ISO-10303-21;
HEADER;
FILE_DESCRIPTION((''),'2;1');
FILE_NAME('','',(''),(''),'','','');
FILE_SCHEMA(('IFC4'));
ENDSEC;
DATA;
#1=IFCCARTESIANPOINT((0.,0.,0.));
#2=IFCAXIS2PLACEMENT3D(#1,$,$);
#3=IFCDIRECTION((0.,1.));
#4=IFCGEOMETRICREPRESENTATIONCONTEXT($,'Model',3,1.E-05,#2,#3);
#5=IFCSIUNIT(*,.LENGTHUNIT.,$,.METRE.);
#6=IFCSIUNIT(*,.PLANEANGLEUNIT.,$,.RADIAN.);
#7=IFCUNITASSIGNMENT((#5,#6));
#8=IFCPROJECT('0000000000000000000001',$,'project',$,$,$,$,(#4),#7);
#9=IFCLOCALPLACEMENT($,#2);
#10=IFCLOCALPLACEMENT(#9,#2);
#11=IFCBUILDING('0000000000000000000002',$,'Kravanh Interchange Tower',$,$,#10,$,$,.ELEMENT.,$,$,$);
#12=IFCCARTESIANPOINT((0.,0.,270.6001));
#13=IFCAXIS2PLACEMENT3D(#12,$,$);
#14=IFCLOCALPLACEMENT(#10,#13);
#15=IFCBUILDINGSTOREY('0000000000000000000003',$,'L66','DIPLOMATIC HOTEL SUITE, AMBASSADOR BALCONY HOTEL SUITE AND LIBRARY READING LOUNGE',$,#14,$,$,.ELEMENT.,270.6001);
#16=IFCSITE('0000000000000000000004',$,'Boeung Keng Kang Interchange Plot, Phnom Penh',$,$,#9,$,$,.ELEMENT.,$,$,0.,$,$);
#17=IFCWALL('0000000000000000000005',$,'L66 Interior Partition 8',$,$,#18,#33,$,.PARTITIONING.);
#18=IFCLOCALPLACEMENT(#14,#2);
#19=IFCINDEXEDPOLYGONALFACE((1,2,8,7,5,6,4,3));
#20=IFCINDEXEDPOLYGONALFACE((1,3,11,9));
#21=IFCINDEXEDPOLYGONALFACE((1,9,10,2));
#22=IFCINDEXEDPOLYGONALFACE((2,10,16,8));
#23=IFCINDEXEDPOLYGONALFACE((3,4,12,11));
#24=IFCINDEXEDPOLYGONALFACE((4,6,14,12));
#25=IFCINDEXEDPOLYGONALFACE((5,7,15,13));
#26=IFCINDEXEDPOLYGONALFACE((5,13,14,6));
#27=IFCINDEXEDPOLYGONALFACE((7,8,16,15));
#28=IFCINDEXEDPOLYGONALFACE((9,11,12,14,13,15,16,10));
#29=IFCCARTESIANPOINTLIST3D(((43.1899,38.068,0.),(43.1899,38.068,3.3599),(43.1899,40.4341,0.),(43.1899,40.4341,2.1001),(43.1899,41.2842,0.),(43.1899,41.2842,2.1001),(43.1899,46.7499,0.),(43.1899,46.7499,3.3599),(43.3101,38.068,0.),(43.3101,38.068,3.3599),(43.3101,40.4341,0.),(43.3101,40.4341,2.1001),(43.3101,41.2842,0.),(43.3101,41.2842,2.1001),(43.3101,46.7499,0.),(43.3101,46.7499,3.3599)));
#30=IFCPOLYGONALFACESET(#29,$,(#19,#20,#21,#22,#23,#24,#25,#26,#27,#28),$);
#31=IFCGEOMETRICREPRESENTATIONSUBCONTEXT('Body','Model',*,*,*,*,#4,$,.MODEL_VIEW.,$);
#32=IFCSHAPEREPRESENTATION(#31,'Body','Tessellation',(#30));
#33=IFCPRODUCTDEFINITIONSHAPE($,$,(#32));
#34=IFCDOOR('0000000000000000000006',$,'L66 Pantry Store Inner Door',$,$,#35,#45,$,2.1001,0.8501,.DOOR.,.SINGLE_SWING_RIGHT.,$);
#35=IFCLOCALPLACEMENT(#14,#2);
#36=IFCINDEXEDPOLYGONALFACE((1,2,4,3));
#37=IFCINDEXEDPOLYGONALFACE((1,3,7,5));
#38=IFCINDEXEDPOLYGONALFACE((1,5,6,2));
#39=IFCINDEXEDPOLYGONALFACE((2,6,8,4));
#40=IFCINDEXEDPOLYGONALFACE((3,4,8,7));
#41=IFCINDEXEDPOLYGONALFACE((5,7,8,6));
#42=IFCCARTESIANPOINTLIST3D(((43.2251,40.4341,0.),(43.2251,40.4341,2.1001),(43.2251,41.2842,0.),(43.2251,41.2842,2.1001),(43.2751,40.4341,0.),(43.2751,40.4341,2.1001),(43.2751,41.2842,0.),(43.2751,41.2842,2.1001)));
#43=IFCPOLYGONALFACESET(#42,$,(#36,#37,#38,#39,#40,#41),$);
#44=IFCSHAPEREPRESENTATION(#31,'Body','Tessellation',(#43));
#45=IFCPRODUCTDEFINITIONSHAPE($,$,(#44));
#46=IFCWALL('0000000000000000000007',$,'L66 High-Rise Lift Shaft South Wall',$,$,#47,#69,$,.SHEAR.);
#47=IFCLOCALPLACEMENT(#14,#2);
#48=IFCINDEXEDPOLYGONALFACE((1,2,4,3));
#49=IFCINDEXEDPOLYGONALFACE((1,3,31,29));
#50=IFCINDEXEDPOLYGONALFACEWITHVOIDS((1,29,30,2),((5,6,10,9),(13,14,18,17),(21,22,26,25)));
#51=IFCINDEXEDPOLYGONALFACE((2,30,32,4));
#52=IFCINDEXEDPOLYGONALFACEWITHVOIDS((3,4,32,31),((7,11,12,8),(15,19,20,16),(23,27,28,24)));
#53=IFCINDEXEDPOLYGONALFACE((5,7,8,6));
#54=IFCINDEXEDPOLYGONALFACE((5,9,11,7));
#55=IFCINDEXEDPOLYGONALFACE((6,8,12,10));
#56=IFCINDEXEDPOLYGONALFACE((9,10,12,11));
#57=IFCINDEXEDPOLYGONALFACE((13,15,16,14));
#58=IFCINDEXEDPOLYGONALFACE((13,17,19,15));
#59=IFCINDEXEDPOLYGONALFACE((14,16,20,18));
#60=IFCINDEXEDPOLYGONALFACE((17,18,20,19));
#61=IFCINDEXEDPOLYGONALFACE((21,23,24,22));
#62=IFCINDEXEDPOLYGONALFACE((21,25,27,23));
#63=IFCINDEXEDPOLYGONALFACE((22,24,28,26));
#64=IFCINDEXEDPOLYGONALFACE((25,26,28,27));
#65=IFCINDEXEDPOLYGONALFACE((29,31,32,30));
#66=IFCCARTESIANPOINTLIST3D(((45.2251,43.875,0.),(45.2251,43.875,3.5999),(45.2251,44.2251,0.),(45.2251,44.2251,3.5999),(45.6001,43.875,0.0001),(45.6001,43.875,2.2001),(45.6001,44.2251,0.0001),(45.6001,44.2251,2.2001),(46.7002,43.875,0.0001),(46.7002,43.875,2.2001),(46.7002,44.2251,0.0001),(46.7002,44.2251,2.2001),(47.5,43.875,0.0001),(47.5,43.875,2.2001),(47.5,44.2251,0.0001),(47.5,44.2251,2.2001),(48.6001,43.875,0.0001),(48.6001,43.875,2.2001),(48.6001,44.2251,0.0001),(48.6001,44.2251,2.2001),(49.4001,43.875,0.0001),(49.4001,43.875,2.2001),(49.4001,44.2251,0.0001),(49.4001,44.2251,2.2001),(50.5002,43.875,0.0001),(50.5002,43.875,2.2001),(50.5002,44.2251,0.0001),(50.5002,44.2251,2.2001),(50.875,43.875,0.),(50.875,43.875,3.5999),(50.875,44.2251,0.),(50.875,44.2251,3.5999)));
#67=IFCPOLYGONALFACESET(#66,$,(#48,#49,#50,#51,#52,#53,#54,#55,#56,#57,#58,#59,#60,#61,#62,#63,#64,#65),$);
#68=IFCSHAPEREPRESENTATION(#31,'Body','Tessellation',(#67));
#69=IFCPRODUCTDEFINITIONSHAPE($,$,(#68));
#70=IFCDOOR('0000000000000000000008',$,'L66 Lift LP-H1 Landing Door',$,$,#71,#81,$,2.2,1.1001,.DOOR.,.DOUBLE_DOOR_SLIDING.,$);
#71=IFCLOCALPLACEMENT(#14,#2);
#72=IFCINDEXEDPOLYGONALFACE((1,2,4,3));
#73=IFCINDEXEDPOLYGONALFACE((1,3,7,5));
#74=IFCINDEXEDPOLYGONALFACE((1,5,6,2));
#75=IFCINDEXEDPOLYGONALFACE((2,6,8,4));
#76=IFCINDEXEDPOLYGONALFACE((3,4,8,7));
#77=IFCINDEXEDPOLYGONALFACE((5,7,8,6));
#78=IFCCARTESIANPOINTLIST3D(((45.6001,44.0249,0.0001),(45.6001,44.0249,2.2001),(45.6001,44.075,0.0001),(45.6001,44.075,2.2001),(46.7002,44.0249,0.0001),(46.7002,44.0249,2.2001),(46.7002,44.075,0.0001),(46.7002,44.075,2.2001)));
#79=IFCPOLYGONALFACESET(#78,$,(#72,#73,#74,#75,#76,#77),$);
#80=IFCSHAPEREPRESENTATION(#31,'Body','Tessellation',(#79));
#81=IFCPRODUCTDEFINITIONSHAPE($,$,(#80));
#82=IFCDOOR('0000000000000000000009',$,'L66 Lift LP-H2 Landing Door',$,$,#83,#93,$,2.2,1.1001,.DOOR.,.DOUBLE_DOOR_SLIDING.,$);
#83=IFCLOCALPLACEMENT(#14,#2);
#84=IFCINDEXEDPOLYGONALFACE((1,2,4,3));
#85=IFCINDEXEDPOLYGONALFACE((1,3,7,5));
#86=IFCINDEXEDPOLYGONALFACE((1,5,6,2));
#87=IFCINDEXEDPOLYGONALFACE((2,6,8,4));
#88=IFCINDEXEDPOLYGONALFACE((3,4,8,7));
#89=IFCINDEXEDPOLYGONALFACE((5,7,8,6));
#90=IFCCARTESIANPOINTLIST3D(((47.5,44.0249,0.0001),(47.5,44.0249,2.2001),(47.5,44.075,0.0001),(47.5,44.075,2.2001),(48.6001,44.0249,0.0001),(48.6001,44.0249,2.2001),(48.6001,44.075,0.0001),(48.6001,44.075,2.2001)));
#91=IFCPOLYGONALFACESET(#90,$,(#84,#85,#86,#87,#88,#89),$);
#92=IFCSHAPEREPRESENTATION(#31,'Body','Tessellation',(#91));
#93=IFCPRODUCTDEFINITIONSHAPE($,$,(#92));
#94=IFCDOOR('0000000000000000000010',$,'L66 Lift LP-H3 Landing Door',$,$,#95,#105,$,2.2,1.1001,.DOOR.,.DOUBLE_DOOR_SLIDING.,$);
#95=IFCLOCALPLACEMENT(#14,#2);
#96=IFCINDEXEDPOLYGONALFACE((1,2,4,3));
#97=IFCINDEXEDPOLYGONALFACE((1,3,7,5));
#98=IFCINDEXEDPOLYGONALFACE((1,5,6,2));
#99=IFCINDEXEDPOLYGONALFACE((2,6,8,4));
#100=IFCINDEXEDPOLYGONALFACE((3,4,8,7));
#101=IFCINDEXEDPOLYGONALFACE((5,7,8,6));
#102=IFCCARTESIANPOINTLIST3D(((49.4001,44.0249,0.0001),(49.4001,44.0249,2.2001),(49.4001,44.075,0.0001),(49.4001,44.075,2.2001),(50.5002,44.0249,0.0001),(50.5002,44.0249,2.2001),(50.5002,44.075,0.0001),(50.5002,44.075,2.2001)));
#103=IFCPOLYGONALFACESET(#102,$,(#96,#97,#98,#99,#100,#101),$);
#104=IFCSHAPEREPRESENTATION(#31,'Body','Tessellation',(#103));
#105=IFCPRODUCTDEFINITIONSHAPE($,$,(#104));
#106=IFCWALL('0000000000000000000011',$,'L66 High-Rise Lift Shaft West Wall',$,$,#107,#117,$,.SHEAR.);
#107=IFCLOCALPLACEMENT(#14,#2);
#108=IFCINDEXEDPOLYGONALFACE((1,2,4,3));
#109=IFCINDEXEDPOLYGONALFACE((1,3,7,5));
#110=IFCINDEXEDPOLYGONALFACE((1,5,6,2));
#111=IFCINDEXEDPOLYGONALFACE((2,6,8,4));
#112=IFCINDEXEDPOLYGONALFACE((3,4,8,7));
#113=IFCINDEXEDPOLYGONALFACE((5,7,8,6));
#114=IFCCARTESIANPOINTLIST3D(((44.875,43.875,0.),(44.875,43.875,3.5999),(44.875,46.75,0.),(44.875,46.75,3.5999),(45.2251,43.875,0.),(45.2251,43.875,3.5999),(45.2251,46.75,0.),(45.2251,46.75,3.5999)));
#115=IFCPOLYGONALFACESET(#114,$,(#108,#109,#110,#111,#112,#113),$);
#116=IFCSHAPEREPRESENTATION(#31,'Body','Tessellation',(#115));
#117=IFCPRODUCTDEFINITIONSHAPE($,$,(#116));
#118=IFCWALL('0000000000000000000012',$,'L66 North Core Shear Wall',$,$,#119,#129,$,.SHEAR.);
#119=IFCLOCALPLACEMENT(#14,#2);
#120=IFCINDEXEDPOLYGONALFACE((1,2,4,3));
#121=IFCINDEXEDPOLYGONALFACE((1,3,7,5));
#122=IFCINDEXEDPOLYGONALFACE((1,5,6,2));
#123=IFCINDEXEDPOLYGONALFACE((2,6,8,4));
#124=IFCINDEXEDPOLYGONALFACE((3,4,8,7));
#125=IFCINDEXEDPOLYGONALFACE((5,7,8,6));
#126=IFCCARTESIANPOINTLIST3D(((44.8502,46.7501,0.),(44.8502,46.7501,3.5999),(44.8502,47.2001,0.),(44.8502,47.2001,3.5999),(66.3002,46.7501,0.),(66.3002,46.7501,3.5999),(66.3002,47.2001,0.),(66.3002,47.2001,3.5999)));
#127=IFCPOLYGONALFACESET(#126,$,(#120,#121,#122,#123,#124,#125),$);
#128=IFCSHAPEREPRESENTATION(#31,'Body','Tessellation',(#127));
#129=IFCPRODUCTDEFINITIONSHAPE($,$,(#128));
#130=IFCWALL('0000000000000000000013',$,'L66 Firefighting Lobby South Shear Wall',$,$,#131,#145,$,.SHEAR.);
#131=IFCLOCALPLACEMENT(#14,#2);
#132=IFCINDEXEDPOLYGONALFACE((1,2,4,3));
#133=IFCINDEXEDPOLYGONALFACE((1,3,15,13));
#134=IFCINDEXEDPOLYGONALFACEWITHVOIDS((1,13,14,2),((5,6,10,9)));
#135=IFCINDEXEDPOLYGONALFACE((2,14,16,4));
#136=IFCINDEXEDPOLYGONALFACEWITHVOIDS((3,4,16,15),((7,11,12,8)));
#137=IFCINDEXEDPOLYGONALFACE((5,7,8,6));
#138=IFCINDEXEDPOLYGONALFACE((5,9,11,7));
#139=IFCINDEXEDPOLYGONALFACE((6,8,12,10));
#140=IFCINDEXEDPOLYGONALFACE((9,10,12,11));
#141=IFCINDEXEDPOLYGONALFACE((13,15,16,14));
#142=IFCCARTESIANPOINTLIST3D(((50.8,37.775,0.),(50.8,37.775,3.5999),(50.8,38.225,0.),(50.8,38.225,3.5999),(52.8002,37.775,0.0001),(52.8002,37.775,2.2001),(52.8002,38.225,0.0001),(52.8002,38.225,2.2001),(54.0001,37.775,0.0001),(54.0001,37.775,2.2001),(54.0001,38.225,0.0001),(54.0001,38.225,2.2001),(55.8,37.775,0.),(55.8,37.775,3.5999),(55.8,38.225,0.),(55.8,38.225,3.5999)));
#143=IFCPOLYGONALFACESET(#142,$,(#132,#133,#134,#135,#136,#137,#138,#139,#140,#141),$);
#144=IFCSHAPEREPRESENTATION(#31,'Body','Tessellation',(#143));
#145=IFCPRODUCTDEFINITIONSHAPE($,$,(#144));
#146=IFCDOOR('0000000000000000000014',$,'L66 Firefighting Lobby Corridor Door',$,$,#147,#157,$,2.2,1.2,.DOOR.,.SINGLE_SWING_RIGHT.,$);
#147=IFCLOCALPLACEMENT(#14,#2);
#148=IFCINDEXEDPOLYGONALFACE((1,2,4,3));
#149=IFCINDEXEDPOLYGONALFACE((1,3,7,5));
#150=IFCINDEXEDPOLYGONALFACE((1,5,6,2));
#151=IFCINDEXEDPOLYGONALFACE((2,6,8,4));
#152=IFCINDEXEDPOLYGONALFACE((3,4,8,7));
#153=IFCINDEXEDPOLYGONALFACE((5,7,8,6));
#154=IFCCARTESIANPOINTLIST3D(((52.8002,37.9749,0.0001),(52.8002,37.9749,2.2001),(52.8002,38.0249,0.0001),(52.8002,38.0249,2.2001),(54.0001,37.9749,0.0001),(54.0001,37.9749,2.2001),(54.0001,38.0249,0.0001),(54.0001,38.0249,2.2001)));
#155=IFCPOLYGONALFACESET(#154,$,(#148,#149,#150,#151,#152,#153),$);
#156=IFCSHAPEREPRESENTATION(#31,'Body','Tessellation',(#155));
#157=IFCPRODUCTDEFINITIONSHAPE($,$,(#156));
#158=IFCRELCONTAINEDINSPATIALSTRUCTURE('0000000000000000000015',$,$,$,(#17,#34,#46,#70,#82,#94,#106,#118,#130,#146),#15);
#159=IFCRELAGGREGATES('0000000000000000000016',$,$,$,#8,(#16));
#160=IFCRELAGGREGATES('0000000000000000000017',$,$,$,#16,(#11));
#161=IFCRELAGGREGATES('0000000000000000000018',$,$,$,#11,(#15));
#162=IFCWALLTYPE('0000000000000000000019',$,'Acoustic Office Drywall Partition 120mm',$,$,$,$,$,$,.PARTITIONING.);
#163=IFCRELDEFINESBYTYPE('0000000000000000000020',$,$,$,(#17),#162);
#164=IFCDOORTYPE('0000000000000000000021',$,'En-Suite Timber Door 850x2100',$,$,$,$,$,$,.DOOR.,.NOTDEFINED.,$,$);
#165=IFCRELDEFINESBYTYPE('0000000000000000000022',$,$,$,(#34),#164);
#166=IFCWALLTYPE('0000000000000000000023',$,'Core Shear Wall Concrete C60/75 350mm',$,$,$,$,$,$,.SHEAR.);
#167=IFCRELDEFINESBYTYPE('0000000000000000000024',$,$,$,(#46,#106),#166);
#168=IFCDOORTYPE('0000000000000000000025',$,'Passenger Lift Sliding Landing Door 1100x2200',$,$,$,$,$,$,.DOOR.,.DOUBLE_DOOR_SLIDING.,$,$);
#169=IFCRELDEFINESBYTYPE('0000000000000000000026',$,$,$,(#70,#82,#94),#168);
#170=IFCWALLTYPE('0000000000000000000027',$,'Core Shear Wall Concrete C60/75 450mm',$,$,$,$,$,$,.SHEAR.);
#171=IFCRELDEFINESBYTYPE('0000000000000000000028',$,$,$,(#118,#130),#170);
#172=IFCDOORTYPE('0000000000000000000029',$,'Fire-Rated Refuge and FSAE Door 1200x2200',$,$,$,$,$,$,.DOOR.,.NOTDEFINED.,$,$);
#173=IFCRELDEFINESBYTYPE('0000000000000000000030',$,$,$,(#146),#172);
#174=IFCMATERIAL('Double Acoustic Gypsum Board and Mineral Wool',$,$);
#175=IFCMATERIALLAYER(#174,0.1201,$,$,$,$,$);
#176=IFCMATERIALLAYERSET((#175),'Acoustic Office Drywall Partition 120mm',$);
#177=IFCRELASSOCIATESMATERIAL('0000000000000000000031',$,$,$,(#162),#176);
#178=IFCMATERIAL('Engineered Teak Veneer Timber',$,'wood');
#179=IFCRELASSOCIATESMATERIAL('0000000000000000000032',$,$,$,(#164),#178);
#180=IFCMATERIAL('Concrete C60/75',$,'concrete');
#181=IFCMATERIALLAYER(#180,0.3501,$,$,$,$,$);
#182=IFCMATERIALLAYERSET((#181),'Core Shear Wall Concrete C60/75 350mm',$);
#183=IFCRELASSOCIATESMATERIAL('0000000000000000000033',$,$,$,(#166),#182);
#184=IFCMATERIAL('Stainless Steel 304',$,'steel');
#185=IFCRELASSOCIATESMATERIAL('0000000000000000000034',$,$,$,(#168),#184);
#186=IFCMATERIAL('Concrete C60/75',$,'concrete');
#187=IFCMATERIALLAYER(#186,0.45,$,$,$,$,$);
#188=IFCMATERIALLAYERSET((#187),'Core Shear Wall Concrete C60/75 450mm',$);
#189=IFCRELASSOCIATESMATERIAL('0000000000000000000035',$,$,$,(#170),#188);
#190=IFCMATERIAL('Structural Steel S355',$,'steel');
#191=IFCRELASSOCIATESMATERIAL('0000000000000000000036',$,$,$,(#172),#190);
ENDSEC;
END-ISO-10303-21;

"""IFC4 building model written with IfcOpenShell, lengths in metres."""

from ifc_helpers import new_model, si_unit, direction, frame, frame_2d, origin, place, context, subcontext, project, spatial, rectangle, extrude, material, layer, layer_set, type_object, element, fill, save


model = new_model("IFC4")

# Units and contexts
model_context = context("Model", 3, precision=1e-05, world=origin(), true_north=direction((0.0, 1.0)))
body_context = subcontext(model_context, "Body", "Model", "MODEL_VIEW")
ifc_project = project(units=[si_unit("LENGTHUNIT", "METRE"), si_unit("PLANEANGLEUNIT", "RADIAN")], contexts=[model_context])

# Site, building, storey
site_placement = place(None, origin())
site = spatial("IfcSite", under=ifc_project, at=site_placement, Name="Boeung Keng Kang Interchange Plot, Phnom Penh", CompositionType="ELEMENT", RefElevation=0.0)
building_placement = place(site_placement, origin())
building = spatial("IfcBuilding", under=site, at=building_placement, Name="Kravanh Interchange Tower", CompositionType="ELEMENT")
storey_placement = place(building_placement, frame((0.0, 0.0, 270.6001)))
storey = spatial("IfcBuildingStorey", under=building, at=storey_placement, Name="L66", Description="DIPLOMATIC HOTEL SUITE, AMBASSADOR BALCONY HOTEL SUITE AND LIBRARY READING LOUNGE", CompositionType="ELEMENT", Elevation=270.6001)

# Shared definitions
ifc_material_1 = material(Name="Double Acoustic Gypsum Board and Mineral Wool")
ifc_layer_1 = layer(ifc_material_1, 0.1201)
ifc_layer_set_1 = layer_set([ifc_layer_1], Name="Acoustic Office Drywall Partition 120mm")
wall_type_1 = type_object("IfcWallType", Name="Acoustic Office Drywall Partition 120mm", PredefinedType="PARTITIONING", material=ifc_layer_set_1)
ifc_material_2 = material(Name="Engineered Teak Veneer Timber", Category="wood")
door_type_1 = type_object("IfcDoorType", Name="En-Suite Timber Door 850x2100", OperationType="NOTDEFINED", PredefinedType="DOOR", material=ifc_material_2)

# Wall, opening, door
wall_1_placement = place(storey_placement, frame((43.25, 38.0681, 0.0), z_axis=(0.0, 0.0, 1.0), x_axis=(0.0, 1.0, 0.0)))
wall_1 = element("IfcWall", 1, at=wall_1_placement, inside=storey, type_object=wall_type_1, Name="L66 Interior Partition 8", PredefinedType="PARTITIONING", context=body_context, shape_type="SweptSolid", body=[
    extrude(rectangle(XDim=8.6819, YDim=0.1201, at=frame_2d((4.3408, 0.0))), origin(), (0.0, 0.0, 1.0), 3.3599),
])
opening_1_placement = place(wall_1_placement, frame((2.366, 0.0, 0.0)))
opening_1 = element("IfcOpeningElement", 2, at=opening_1_placement, cuts=wall_1, PredefinedType="OPENING", context=body_context, shape_type="SweptSolid", body=[
    extrude(rectangle(XDim=0.8501, YDim=2.1001, at=frame_2d((0.425, 1.05))), frame((0.0, 0.0701, 0.0), z_axis=(0.0, -1.0, 0.0), x_axis=(1.0, 0.0, 0.0)), (0.0, 0.0, 1.0), 0.1401),
])
door_1_placement = place(opening_1_placement, origin())
door_1 = element("IfcDoor", 3, at=door_1_placement, inside=storey, type_object=door_type_1, Name="L66 Pantry Store Inner Door", OperationType="SINGLE_SWING_RIGHT", OverallHeight=2.1001, OverallWidth=0.8501, PredefinedType="DOOR", context=body_context, shape_type="SweptSolid", body=[
    extrude(rectangle(XDim=0.8501, YDim=2.1001, at=frame_2d((0.425, 1.05))), frame((0.0, 0.0249, 0.0), z_axis=(0.0, -1.0, 0.0), x_axis=(1.0, 0.0, 0.0)), (0.0, 0.0, 1.0), 0.05),
])
fill(opening_1, door_1)

# Wall, openings, doors
ifc_material_3 = material(Name="Concrete C60/75", Category="concrete")
ifc_layer_2 = layer(ifc_material_3, 0.3501)
ifc_layer_set_2 = layer_set([ifc_layer_2], Name="Core Shear Wall Concrete C60/75 350mm")
wall_type_2 = type_object("IfcWallType", Name="Core Shear Wall Concrete C60/75 350mm", PredefinedType="SHEAR", material=ifc_layer_set_2)
wall_2_placement = place(storey_placement, frame((45.2251, 44.05, 0.0), z_axis=(0.0, 0.0, 1.0), x_axis=(1.0, 0.0, 0.0)))
wall_2 = element("IfcWall", 4, at=wall_2_placement, inside=storey, type_object=wall_type_2, Name="L66 High-Rise Lift Shaft South Wall", PredefinedType="SHEAR", context=body_context, shape_type="SweptSolid", body=[
    extrude(rectangle(XDim=5.6499, YDim=0.3501, at=frame_2d((2.825, 0.0))), origin(), (0.0, 0.0, 1.0), 3.5999),
])
opening_2_placement = place(wall_2_placement, frame((0.375, 0.0, 0.0)))
opening_2 = element("IfcOpeningElement", 5, at=opening_2_placement, cuts=wall_2, PredefinedType="OPENING", context=body_context, shape_type="SweptSolid", body=[
    extrude(rectangle(XDim=1.1001, YDim=2.2, at=frame_2d((0.55, 1.1001))), frame((0.0, 0.1851, 0.0), z_axis=(0.0, -1.0, 0.0), x_axis=(1.0, 0.0, 0.0)), (0.0, 0.0, 1.0), 0.3701),
])
opening_3_placement = place(wall_2_placement, frame((2.2749, 0.0, 0.0)))
opening_3 = element("IfcOpeningElement", 6, at=opening_3_placement, cuts=wall_2, PredefinedType="OPENING", context=body_context, shape_type="SweptSolid", body=[
    extrude(rectangle(XDim=1.1001, YDim=2.2, at=frame_2d((0.55, 1.1001))), frame((0.0, 0.1851, 0.0), z_axis=(0.0, -1.0, 0.0), x_axis=(1.0, 0.0, 0.0)), (0.0, 0.0, 1.0), 0.3701),
])
opening_4_placement = place(wall_2_placement, frame((4.175, 0.0, 0.0)))
opening_4 = element("IfcOpeningElement", 7, at=opening_4_placement, cuts=wall_2, PredefinedType="OPENING", context=body_context, shape_type="SweptSolid", body=[
    extrude(rectangle(XDim=1.1001, YDim=2.2, at=frame_2d((0.55, 1.1001))), frame((0.0, 0.1851, 0.0), z_axis=(0.0, -1.0, 0.0), x_axis=(1.0, 0.0, 0.0)), (0.0, 0.0, 1.0), 0.3701),
])
ifc_material_4 = material(Name="Stainless Steel 304", Category="steel")
door_type_2 = type_object("IfcDoorType", Name="Passenger Lift Sliding Landing Door 1100x2200", OperationType="DOUBLE_DOOR_SLIDING", PredefinedType="DOOR", material=ifc_material_4)
door_2_placement = place(opening_2_placement, origin())
door_2 = element("IfcDoor", 8, at=door_2_placement, inside=storey, type_object=door_type_2, Name="L66 Lift LP-H1 Landing Door", OperationType="DOUBLE_DOOR_SLIDING", OverallHeight=2.2, OverallWidth=1.1001, PredefinedType="DOOR", context=body_context, shape_type="SweptSolid", body=[
    extrude(rectangle(XDim=1.1001, YDim=2.2, at=frame_2d((0.55, 1.1001))), frame((0.0, 0.0249, 0.0), z_axis=(0.0, -1.0, 0.0), x_axis=(1.0, 0.0, 0.0)), (0.0, 0.0, 1.0), 0.05),
])
fill(opening_2, door_2)
door_3_placement = place(opening_3_placement, origin())
door_3 = element("IfcDoor", 9, at=door_3_placement, inside=storey, type_object=door_type_2, Name="L66 Lift LP-H2 Landing Door", OperationType="DOUBLE_DOOR_SLIDING", OverallHeight=2.2, OverallWidth=1.1001, PredefinedType="DOOR", context=body_context, shape_type="SweptSolid", body=[
    extrude(rectangle(XDim=1.1001, YDim=2.2, at=frame_2d((0.55, 1.1001))), frame((0.0, 0.0249, 0.0), z_axis=(0.0, -1.0, 0.0), x_axis=(1.0, 0.0, 0.0)), (0.0, 0.0, 1.0), 0.05),
])
fill(opening_3, door_3)
door_4_placement = place(opening_4_placement, origin())
door_4 = element("IfcDoor", 10, at=door_4_placement, inside=storey, type_object=door_type_2, Name="L66 Lift LP-H3 Landing Door", OperationType="DOUBLE_DOOR_SLIDING", OverallHeight=2.2, OverallWidth=1.1001, PredefinedType="DOOR", context=body_context, shape_type="SweptSolid", body=[
    extrude(rectangle(XDim=1.1001, YDim=2.2, at=frame_2d((0.55, 1.1001))), frame((0.0, 0.0249, 0.0), z_axis=(0.0, -1.0, 0.0), x_axis=(1.0, 0.0, 0.0)), (0.0, 0.0, 1.0), 0.05),
])
fill(opening_4, door_4)

# Walls
wall_3_placement = place(storey_placement, frame((45.05, 43.875, 0.0), z_axis=(0.0, 0.0, 1.0), x_axis=(0.0, 1.0, 0.0)))
element("IfcWall", 11, at=wall_3_placement, inside=storey, type_object=wall_type_2, Name="L66 High-Rise Lift Shaft West Wall", PredefinedType="SHEAR", context=body_context, shape_type="SweptSolid", body=[
    extrude(rectangle(XDim=2.875, YDim=0.3501, at=frame_2d((1.4375, 0.0))), origin(), (0.0, 0.0, 1.0), 3.5999),
])
ifc_material_5 = material(Name="Concrete C60/75", Category="concrete")
ifc_layer_3 = layer(ifc_material_5, 0.45)
ifc_layer_set_3 = layer_set([ifc_layer_3], Name="Core Shear Wall Concrete C60/75 450mm")
wall_type_3 = type_object("IfcWallType", Name="Core Shear Wall Concrete C60/75 450mm", PredefinedType="SHEAR", material=ifc_layer_set_3)
wall_4_placement = place(storey_placement, frame((44.8501, 46.9751, 0.0), z_axis=(0.0, 0.0, 1.0), x_axis=(1.0, 0.0, 0.0)))
element("IfcWall", 12, at=wall_4_placement, inside=storey, type_object=wall_type_3, Name="L66 North Core Shear Wall", PredefinedType="SHEAR", context=body_context, shape_type="SweptSolid", body=[
    extrude(rectangle(XDim=21.45, YDim=0.45, at=frame_2d((10.7251, 0.0))), origin(), (0.0, 0.0, 1.0), 3.5999),
])

# Wall, opening, door
wall_5_placement = place(storey_placement, frame((50.8, 38.0, 0.0), z_axis=(0.0, 0.0, 1.0), x_axis=(1.0, 0.0, 0.0)))
wall_5 = element("IfcWall", 13, at=wall_5_placement, inside=storey, type_object=wall_type_3, Name="L66 Firefighting Lobby South Shear Wall", PredefinedType="SHEAR", context=body_context, shape_type="SweptSolid", body=[
    extrude(rectangle(XDim=5.0, YDim=0.45, at=frame_2d((2.5, 0.0))), origin(), (0.0, 0.0, 1.0), 3.5999),
])
opening_5_placement = place(wall_5_placement, frame((2.0, 0.0, 0.0)))
opening_5 = element("IfcOpeningElement", 14, at=opening_5_placement, cuts=wall_5, PredefinedType="OPENING", context=body_context, shape_type="SweptSolid", body=[
    extrude(rectangle(XDim=1.2, YDim=2.2, at=frame_2d((0.6001, 1.1001))), frame((0.0, 0.2349, 0.0), z_axis=(0.0, -1.0, 0.0), x_axis=(1.0, 0.0, 0.0)), (0.0, 0.0, 1.0), 0.47),
])
ifc_material_6 = material(Name="Structural Steel S355", Category="steel")
door_type_3 = type_object("IfcDoorType", Name="Fire-Rated Refuge and FSAE Door 1200x2200", OperationType="NOTDEFINED", PredefinedType="DOOR", material=ifc_material_6)
door_5_placement = place(opening_5_placement, origin())
door_5 = element("IfcDoor", 15, at=door_5_placement, inside=storey, type_object=door_type_3, Name="L66 Firefighting Lobby Corridor Door", OperationType="SINGLE_SWING_RIGHT", OverallHeight=2.2, OverallWidth=1.2, PredefinedType="DOOR", context=body_context, shape_type="SweptSolid", body=[
    extrude(rectangle(XDim=1.2, YDim=2.2, at=frame_2d((0.6001, 1.1001))), frame((0.0, 0.0249, 0.0), z_axis=(0.0, -1.0, 0.0), x_axis=(1.0, 0.0, 0.0)), (0.0, 0.0, 1.0), 0.05),
])
fill(opening_5, door_5)

save(model, "model.ifc")
